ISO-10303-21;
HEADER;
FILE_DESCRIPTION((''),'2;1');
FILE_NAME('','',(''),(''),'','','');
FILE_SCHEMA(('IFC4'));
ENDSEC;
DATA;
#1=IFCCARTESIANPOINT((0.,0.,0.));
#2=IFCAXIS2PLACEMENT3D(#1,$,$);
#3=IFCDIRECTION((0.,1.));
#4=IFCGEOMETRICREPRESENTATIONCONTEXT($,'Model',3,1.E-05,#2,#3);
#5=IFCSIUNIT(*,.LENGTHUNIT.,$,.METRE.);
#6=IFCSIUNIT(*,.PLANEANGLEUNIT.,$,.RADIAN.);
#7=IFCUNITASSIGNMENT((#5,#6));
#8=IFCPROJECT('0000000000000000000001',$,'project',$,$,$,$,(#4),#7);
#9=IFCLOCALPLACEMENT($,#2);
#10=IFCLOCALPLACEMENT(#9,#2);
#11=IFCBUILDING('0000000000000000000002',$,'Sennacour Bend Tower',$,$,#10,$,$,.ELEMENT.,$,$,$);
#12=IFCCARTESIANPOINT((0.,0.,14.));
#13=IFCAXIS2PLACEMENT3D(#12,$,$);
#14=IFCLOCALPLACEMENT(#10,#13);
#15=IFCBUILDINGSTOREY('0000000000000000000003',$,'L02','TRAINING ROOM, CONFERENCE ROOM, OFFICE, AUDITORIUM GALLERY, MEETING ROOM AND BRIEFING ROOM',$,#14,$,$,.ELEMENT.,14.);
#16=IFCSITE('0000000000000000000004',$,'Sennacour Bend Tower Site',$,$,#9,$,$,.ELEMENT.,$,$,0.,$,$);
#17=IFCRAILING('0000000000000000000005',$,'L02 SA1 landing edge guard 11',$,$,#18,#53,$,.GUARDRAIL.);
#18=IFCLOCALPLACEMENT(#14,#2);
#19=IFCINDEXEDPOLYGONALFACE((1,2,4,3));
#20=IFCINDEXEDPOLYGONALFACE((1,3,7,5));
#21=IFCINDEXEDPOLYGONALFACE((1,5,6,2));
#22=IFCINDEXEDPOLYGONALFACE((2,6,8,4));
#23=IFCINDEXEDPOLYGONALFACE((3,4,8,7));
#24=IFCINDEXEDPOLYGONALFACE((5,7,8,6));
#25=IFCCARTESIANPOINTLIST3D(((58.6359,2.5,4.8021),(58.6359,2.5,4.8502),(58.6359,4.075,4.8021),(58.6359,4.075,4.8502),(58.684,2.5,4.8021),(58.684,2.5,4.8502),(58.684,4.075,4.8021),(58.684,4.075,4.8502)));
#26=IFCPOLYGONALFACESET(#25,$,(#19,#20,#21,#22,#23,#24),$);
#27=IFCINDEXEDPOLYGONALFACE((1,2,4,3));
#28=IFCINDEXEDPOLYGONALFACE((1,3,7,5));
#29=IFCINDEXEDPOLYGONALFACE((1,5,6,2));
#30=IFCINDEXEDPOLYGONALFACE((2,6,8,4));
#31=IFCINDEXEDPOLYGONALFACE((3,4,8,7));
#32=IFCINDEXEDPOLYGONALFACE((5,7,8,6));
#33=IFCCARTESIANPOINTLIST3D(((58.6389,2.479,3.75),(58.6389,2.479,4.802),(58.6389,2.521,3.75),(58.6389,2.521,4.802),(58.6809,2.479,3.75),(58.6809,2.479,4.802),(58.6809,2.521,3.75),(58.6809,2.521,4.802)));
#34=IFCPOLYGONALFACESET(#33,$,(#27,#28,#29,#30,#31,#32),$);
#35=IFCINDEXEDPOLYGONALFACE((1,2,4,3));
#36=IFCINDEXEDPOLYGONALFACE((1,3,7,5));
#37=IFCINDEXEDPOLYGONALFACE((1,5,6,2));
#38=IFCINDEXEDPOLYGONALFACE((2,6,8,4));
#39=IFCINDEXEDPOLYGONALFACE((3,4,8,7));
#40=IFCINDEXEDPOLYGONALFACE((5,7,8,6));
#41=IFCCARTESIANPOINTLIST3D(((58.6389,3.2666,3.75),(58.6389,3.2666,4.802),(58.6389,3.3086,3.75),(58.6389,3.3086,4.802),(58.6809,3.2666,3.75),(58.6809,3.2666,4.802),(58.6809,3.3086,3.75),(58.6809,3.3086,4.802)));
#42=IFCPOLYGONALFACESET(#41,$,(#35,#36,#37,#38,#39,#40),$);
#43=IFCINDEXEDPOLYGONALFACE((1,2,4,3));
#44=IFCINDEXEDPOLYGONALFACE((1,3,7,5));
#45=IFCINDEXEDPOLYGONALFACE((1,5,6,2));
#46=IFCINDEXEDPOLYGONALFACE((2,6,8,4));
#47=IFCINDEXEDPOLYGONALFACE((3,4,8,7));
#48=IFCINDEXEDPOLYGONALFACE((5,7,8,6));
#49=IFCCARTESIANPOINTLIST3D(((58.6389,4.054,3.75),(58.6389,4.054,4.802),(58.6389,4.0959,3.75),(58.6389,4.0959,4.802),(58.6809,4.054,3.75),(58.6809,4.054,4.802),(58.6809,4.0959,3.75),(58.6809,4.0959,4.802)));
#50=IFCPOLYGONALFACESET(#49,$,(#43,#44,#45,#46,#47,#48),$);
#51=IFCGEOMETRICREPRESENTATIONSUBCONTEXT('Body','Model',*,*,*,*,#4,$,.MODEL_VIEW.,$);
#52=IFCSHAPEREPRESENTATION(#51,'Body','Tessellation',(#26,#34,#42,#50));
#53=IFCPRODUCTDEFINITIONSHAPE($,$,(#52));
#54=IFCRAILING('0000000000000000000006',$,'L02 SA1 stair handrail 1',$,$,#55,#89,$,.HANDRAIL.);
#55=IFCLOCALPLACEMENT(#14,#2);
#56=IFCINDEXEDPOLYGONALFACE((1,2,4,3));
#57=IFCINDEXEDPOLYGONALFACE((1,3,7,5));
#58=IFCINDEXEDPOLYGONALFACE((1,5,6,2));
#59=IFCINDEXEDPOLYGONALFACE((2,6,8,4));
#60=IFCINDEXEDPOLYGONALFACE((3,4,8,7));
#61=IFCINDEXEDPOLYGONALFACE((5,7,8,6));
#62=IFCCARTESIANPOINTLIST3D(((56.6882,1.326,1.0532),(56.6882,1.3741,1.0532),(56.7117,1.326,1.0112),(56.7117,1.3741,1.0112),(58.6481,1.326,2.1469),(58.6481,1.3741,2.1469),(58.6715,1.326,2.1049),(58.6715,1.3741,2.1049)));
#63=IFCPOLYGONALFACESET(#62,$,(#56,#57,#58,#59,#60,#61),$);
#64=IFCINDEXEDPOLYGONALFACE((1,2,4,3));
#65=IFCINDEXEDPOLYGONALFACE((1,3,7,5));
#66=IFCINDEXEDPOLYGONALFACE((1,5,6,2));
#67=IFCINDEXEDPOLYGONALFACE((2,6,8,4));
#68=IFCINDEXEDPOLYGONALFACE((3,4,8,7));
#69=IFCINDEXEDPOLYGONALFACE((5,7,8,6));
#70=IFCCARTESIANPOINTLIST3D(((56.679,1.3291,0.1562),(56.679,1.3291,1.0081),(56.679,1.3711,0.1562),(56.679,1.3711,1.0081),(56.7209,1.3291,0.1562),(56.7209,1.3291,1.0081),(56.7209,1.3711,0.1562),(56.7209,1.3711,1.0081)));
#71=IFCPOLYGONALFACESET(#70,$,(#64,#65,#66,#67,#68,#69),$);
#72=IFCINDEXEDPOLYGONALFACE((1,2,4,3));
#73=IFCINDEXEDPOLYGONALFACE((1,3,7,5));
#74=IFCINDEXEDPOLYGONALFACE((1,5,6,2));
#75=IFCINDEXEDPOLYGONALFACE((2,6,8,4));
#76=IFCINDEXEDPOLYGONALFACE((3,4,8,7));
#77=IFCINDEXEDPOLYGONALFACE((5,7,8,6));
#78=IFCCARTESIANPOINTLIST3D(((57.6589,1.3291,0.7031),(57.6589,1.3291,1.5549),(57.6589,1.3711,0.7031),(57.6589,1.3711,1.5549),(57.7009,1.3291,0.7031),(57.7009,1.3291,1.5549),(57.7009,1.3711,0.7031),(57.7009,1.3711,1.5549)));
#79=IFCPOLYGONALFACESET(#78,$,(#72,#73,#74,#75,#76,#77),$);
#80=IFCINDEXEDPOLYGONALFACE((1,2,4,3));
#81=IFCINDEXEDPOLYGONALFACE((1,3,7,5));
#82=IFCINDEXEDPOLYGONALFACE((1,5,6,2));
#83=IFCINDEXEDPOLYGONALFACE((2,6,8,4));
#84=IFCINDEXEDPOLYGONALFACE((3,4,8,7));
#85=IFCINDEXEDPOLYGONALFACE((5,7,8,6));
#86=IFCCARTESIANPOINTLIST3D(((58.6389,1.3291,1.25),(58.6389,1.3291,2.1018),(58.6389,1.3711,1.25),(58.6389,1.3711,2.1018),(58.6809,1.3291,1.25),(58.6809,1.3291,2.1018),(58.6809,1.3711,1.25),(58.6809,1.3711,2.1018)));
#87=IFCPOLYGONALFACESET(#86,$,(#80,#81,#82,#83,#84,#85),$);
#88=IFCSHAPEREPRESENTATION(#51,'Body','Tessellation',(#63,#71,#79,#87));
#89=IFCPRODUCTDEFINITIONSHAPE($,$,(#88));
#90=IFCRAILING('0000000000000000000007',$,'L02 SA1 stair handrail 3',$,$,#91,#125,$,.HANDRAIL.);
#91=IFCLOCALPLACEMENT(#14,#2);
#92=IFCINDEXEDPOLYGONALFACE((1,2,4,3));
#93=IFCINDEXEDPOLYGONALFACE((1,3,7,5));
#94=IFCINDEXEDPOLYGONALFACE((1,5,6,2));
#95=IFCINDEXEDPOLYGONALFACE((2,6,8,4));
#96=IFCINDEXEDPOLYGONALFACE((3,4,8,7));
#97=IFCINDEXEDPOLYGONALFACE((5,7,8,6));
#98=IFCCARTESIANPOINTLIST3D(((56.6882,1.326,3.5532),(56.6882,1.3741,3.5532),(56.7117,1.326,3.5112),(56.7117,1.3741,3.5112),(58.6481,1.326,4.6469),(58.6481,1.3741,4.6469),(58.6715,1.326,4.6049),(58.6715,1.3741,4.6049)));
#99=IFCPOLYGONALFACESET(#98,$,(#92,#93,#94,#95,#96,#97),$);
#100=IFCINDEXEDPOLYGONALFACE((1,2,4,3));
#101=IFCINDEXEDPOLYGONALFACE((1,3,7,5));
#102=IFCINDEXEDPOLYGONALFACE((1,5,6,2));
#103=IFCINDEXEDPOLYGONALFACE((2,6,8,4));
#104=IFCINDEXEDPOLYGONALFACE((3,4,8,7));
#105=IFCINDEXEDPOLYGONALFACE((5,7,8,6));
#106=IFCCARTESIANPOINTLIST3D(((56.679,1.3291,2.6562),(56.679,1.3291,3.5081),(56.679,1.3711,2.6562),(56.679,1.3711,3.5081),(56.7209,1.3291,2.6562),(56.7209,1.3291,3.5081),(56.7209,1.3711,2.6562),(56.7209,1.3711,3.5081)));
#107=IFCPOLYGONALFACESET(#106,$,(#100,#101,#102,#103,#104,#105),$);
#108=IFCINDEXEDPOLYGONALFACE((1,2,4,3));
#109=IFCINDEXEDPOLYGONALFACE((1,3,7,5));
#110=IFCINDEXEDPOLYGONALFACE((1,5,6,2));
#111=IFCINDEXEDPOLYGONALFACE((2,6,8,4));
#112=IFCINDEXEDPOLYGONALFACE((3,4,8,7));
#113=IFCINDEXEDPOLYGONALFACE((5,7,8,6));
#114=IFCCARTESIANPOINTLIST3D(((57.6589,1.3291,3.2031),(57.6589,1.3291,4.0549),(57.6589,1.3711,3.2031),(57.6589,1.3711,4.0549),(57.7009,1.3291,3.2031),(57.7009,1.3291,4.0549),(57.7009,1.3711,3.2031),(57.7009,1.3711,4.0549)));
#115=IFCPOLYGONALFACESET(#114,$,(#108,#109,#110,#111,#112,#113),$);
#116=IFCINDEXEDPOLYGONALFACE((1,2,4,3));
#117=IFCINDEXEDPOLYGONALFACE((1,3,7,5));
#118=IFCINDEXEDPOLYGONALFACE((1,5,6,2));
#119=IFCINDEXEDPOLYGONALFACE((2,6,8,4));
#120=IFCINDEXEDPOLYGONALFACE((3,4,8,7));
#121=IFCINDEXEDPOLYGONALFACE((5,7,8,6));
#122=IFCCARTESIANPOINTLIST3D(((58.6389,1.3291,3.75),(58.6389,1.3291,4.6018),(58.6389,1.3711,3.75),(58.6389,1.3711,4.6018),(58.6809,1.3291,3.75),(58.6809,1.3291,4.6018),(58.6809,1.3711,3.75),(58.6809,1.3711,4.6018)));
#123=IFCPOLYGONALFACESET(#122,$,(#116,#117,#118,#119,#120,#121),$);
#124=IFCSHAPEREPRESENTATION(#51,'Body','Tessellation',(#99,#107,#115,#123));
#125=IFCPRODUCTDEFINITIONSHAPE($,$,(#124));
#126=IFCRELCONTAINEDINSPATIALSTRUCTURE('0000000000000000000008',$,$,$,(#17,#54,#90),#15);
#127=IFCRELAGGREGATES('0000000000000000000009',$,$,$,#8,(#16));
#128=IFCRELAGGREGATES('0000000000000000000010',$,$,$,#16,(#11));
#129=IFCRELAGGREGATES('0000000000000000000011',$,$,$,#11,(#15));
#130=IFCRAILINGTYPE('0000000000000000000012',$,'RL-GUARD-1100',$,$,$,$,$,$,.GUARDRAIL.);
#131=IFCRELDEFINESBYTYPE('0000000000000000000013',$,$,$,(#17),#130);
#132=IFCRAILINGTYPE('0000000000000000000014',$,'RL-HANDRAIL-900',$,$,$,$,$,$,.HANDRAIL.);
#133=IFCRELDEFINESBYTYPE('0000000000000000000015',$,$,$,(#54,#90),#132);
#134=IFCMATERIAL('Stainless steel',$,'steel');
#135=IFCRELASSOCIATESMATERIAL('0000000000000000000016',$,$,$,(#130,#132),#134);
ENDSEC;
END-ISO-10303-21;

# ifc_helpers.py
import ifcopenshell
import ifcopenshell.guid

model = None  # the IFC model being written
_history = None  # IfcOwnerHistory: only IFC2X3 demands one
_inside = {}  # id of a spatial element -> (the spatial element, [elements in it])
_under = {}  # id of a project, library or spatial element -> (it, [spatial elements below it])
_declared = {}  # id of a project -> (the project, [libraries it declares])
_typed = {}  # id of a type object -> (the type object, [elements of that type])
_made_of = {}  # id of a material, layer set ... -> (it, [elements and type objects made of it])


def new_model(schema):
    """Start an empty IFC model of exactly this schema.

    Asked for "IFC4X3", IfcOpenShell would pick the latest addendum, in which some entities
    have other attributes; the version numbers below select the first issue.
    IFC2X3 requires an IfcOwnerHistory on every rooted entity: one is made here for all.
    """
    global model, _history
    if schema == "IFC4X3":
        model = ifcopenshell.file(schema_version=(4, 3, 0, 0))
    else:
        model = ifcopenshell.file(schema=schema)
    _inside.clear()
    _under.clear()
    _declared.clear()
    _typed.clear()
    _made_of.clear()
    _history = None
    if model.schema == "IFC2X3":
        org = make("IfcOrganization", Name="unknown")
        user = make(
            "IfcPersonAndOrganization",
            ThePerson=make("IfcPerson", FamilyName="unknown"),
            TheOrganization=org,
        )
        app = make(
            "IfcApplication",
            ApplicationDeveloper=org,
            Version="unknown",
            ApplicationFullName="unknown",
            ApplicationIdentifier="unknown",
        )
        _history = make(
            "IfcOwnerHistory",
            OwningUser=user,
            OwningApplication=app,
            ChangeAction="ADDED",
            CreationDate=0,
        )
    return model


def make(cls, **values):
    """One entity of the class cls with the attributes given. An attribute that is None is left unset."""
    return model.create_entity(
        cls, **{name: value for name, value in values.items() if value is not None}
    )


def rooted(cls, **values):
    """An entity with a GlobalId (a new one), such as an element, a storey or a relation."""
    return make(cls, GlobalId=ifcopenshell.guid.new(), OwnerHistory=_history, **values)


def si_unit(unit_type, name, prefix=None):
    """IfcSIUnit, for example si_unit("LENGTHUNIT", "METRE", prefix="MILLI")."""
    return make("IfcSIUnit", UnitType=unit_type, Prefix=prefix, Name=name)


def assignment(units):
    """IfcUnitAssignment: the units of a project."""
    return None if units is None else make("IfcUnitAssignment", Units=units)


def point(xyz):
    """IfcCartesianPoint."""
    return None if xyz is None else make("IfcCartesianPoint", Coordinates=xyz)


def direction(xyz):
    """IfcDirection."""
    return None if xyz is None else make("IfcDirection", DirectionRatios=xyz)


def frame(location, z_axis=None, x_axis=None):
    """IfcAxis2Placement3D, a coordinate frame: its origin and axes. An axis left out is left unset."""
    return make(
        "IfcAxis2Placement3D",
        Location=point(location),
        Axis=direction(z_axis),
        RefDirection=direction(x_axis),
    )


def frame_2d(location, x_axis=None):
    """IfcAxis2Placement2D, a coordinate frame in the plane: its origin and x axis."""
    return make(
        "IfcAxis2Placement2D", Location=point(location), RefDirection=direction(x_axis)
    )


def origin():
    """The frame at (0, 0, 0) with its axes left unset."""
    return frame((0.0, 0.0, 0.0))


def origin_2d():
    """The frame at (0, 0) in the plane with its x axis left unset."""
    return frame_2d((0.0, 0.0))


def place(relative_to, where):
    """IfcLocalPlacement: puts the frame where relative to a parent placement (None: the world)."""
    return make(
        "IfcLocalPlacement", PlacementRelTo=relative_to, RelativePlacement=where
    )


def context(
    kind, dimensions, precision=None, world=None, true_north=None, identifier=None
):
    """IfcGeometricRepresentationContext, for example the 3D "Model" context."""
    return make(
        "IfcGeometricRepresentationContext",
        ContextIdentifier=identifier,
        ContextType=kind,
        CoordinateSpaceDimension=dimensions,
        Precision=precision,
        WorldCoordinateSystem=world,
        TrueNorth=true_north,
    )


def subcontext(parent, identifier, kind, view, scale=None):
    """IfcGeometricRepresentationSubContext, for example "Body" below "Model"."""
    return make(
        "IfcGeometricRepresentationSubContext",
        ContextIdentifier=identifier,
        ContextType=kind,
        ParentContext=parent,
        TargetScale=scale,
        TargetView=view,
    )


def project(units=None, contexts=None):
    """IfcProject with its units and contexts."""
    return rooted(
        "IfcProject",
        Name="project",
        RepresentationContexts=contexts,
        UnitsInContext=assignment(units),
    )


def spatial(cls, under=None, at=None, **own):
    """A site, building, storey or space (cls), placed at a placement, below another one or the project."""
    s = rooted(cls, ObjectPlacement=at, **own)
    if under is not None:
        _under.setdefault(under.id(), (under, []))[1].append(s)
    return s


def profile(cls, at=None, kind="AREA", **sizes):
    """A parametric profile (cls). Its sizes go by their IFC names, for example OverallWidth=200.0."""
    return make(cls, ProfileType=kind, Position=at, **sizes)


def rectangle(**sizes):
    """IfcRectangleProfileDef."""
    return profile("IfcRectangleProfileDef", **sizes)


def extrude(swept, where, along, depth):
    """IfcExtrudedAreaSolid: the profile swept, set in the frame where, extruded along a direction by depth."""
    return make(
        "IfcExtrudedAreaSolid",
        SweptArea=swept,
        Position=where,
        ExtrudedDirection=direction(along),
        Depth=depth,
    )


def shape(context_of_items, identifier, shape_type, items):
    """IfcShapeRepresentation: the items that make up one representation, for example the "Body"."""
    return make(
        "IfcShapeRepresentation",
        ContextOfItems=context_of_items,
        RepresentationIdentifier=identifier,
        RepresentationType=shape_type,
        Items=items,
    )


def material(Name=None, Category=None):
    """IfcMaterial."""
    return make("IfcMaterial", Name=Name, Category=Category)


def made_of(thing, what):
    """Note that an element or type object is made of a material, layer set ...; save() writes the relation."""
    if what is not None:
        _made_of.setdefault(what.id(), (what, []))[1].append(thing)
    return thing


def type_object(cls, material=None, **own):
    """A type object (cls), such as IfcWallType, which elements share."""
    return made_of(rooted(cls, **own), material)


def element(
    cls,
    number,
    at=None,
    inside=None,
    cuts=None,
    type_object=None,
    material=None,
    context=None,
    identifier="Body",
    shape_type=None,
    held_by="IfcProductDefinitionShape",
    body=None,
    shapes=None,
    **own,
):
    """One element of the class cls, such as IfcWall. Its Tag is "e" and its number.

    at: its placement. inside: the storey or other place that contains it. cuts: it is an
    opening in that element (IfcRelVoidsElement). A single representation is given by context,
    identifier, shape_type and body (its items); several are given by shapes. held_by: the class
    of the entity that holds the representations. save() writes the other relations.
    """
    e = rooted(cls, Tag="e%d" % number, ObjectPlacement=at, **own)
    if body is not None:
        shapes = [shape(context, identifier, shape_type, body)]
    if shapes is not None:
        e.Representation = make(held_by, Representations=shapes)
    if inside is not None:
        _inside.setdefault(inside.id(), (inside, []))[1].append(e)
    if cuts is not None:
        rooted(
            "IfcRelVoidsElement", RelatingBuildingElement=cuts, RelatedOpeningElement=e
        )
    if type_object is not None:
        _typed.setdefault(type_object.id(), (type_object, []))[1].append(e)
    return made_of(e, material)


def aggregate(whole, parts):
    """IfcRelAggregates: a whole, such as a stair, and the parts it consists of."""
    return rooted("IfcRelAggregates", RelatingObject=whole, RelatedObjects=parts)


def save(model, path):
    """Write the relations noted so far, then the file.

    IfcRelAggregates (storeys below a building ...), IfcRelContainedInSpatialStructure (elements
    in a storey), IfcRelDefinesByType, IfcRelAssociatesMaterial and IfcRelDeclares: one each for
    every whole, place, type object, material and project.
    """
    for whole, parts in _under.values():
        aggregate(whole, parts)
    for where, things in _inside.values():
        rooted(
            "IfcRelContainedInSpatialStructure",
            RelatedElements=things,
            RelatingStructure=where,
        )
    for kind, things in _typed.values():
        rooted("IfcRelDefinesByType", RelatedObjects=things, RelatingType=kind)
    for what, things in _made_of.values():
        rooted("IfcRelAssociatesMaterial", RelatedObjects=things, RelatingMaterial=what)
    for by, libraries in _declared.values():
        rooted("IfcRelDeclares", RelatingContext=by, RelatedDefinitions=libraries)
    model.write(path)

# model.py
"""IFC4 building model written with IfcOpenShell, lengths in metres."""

from ifc_helpers import new_model, si_unit, direction, frame, origin, origin_2d, place, context, subcontext, project, spatial, rectangle, extrude, material, type_object, element, save


model = new_model("IFC4")

# Units and contexts
model_context = context("Model", 3, precision=1e-05, world=origin(), true_north=direction((0.0, 1.0)))
body_context = subcontext(model_context, "Body", "Model", "MODEL_VIEW")
ifc_project = project(units=[si_unit("LENGTHUNIT", "METRE"), si_unit("PLANEANGLEUNIT", "RADIAN")], contexts=[model_context])

# Site, building, storey
site_placement = place(None, origin())
site = spatial("IfcSite", under=ifc_project, at=site_placement, Name="Sennacour Bend Tower Site", CompositionType="ELEMENT", RefElevation=0.0)
building_placement = place(site_placement, origin())
building = spatial("IfcBuilding", under=site, at=building_placement, Name="Sennacour Bend Tower", CompositionType="ELEMENT")
storey_placement = place(building_placement, frame((0.0, 0.0, 14.0)))
storey = spatial("IfcBuildingStorey", under=building, at=storey_placement, Name="L02", Description="TRAINING ROOM, CONFERENCE ROOM, OFFICE, AUDITORIUM GALLERY, MEETING ROOM AND BRIEFING ROOM", CompositionType="ELEMENT", Elevation=14.0)

# Railings
ifc_material_1 = material(Name="Stainless steel", Category="steel")
railing_type_1 = type_object("IfcRailingType", Name="RL-GUARD-1100", PredefinedType="GUARDRAIL", material=ifc_material_1)
railing_1_placement = place(storey_placement, frame((58.6599, 2.5, 3.75)))
element("IfcRailing", 1, at=railing_1_placement, inside=storey, type_object=railing_type_1, Name="L02 SA1 landing edge guard 11", PredefinedType="GUARDRAIL", context=body_context, shape_type="SweptSolid", body=[
    extrude(rectangle(XDim=0.0481, YDim=0.0481, at=origin_2d()), frame((0.0, 0.0, 1.0762), z_axis=(0.0, 1.0, 0.0), x_axis=(-1.0, 0.0, 0.0)), (0.0, 0.0, 1.0), 1.575),
    extrude(rectangle(XDim=0.042, YDim=0.042, at=origin_2d()), origin(), (0.0, 0.0, 1.0), 1.052),
    extrude(rectangle(XDim=0.042, YDim=0.042, at=origin_2d()), frame((0.0, 0.7876, 0.0)), (0.0, 0.0, 1.0), 1.052),
    extrude(rectangle(XDim=0.042, YDim=0.042, at=origin_2d()), frame((0.0, 1.575, 0.0)), (0.0, 0.0, 1.0), 1.052),
])
railing_type_2 = type_object("IfcRailingType", Name="RL-HANDRAIL-900", PredefinedType="HANDRAIL", material=ifc_material_1)
for number, where, name in (
    (2, (56.7, 1.3501, 0.1562), "L02 SA1 stair handrail 1"),
    (3, (56.7, 1.3501, 2.6562), "L02 SA1 stair handrail 3"),
):
    element("IfcRailing", number, at=place(storey_placement, frame(where)), inside=storey, type_object=railing_type_2, Name=name, PredefinedType="HANDRAIL", context=body_context, shape_type="SweptSolid", body=[
        extrude(rectangle(XDim=0.0481, YDim=0.0481, at=origin_2d()), frame((0.0, 0.0, 0.876), z_axis=(0.873232, 0.0, 0.487304), x_axis=(0.0, 1.0, 0.0)), (0.0, 0.0, 1.0), 2.2444),
        extrude(rectangle(XDim=0.042, YDim=0.042, at=origin_2d()), origin(), (0.0, 0.0, 1.0), 0.8518),
        extrude(rectangle(XDim=0.042, YDim=0.042, at=origin_2d()), frame((0.98, 0.0, 0.5469)), (0.0, 0.0, 1.0), 0.8518),
        extrude(rectangle(XDim=0.042, YDim=0.042, at=origin_2d()), frame((1.96, 0.0, 1.0938)), (0.0, 0.0, 1.0), 0.8518),
    ])

save(model, "model.ifc")
